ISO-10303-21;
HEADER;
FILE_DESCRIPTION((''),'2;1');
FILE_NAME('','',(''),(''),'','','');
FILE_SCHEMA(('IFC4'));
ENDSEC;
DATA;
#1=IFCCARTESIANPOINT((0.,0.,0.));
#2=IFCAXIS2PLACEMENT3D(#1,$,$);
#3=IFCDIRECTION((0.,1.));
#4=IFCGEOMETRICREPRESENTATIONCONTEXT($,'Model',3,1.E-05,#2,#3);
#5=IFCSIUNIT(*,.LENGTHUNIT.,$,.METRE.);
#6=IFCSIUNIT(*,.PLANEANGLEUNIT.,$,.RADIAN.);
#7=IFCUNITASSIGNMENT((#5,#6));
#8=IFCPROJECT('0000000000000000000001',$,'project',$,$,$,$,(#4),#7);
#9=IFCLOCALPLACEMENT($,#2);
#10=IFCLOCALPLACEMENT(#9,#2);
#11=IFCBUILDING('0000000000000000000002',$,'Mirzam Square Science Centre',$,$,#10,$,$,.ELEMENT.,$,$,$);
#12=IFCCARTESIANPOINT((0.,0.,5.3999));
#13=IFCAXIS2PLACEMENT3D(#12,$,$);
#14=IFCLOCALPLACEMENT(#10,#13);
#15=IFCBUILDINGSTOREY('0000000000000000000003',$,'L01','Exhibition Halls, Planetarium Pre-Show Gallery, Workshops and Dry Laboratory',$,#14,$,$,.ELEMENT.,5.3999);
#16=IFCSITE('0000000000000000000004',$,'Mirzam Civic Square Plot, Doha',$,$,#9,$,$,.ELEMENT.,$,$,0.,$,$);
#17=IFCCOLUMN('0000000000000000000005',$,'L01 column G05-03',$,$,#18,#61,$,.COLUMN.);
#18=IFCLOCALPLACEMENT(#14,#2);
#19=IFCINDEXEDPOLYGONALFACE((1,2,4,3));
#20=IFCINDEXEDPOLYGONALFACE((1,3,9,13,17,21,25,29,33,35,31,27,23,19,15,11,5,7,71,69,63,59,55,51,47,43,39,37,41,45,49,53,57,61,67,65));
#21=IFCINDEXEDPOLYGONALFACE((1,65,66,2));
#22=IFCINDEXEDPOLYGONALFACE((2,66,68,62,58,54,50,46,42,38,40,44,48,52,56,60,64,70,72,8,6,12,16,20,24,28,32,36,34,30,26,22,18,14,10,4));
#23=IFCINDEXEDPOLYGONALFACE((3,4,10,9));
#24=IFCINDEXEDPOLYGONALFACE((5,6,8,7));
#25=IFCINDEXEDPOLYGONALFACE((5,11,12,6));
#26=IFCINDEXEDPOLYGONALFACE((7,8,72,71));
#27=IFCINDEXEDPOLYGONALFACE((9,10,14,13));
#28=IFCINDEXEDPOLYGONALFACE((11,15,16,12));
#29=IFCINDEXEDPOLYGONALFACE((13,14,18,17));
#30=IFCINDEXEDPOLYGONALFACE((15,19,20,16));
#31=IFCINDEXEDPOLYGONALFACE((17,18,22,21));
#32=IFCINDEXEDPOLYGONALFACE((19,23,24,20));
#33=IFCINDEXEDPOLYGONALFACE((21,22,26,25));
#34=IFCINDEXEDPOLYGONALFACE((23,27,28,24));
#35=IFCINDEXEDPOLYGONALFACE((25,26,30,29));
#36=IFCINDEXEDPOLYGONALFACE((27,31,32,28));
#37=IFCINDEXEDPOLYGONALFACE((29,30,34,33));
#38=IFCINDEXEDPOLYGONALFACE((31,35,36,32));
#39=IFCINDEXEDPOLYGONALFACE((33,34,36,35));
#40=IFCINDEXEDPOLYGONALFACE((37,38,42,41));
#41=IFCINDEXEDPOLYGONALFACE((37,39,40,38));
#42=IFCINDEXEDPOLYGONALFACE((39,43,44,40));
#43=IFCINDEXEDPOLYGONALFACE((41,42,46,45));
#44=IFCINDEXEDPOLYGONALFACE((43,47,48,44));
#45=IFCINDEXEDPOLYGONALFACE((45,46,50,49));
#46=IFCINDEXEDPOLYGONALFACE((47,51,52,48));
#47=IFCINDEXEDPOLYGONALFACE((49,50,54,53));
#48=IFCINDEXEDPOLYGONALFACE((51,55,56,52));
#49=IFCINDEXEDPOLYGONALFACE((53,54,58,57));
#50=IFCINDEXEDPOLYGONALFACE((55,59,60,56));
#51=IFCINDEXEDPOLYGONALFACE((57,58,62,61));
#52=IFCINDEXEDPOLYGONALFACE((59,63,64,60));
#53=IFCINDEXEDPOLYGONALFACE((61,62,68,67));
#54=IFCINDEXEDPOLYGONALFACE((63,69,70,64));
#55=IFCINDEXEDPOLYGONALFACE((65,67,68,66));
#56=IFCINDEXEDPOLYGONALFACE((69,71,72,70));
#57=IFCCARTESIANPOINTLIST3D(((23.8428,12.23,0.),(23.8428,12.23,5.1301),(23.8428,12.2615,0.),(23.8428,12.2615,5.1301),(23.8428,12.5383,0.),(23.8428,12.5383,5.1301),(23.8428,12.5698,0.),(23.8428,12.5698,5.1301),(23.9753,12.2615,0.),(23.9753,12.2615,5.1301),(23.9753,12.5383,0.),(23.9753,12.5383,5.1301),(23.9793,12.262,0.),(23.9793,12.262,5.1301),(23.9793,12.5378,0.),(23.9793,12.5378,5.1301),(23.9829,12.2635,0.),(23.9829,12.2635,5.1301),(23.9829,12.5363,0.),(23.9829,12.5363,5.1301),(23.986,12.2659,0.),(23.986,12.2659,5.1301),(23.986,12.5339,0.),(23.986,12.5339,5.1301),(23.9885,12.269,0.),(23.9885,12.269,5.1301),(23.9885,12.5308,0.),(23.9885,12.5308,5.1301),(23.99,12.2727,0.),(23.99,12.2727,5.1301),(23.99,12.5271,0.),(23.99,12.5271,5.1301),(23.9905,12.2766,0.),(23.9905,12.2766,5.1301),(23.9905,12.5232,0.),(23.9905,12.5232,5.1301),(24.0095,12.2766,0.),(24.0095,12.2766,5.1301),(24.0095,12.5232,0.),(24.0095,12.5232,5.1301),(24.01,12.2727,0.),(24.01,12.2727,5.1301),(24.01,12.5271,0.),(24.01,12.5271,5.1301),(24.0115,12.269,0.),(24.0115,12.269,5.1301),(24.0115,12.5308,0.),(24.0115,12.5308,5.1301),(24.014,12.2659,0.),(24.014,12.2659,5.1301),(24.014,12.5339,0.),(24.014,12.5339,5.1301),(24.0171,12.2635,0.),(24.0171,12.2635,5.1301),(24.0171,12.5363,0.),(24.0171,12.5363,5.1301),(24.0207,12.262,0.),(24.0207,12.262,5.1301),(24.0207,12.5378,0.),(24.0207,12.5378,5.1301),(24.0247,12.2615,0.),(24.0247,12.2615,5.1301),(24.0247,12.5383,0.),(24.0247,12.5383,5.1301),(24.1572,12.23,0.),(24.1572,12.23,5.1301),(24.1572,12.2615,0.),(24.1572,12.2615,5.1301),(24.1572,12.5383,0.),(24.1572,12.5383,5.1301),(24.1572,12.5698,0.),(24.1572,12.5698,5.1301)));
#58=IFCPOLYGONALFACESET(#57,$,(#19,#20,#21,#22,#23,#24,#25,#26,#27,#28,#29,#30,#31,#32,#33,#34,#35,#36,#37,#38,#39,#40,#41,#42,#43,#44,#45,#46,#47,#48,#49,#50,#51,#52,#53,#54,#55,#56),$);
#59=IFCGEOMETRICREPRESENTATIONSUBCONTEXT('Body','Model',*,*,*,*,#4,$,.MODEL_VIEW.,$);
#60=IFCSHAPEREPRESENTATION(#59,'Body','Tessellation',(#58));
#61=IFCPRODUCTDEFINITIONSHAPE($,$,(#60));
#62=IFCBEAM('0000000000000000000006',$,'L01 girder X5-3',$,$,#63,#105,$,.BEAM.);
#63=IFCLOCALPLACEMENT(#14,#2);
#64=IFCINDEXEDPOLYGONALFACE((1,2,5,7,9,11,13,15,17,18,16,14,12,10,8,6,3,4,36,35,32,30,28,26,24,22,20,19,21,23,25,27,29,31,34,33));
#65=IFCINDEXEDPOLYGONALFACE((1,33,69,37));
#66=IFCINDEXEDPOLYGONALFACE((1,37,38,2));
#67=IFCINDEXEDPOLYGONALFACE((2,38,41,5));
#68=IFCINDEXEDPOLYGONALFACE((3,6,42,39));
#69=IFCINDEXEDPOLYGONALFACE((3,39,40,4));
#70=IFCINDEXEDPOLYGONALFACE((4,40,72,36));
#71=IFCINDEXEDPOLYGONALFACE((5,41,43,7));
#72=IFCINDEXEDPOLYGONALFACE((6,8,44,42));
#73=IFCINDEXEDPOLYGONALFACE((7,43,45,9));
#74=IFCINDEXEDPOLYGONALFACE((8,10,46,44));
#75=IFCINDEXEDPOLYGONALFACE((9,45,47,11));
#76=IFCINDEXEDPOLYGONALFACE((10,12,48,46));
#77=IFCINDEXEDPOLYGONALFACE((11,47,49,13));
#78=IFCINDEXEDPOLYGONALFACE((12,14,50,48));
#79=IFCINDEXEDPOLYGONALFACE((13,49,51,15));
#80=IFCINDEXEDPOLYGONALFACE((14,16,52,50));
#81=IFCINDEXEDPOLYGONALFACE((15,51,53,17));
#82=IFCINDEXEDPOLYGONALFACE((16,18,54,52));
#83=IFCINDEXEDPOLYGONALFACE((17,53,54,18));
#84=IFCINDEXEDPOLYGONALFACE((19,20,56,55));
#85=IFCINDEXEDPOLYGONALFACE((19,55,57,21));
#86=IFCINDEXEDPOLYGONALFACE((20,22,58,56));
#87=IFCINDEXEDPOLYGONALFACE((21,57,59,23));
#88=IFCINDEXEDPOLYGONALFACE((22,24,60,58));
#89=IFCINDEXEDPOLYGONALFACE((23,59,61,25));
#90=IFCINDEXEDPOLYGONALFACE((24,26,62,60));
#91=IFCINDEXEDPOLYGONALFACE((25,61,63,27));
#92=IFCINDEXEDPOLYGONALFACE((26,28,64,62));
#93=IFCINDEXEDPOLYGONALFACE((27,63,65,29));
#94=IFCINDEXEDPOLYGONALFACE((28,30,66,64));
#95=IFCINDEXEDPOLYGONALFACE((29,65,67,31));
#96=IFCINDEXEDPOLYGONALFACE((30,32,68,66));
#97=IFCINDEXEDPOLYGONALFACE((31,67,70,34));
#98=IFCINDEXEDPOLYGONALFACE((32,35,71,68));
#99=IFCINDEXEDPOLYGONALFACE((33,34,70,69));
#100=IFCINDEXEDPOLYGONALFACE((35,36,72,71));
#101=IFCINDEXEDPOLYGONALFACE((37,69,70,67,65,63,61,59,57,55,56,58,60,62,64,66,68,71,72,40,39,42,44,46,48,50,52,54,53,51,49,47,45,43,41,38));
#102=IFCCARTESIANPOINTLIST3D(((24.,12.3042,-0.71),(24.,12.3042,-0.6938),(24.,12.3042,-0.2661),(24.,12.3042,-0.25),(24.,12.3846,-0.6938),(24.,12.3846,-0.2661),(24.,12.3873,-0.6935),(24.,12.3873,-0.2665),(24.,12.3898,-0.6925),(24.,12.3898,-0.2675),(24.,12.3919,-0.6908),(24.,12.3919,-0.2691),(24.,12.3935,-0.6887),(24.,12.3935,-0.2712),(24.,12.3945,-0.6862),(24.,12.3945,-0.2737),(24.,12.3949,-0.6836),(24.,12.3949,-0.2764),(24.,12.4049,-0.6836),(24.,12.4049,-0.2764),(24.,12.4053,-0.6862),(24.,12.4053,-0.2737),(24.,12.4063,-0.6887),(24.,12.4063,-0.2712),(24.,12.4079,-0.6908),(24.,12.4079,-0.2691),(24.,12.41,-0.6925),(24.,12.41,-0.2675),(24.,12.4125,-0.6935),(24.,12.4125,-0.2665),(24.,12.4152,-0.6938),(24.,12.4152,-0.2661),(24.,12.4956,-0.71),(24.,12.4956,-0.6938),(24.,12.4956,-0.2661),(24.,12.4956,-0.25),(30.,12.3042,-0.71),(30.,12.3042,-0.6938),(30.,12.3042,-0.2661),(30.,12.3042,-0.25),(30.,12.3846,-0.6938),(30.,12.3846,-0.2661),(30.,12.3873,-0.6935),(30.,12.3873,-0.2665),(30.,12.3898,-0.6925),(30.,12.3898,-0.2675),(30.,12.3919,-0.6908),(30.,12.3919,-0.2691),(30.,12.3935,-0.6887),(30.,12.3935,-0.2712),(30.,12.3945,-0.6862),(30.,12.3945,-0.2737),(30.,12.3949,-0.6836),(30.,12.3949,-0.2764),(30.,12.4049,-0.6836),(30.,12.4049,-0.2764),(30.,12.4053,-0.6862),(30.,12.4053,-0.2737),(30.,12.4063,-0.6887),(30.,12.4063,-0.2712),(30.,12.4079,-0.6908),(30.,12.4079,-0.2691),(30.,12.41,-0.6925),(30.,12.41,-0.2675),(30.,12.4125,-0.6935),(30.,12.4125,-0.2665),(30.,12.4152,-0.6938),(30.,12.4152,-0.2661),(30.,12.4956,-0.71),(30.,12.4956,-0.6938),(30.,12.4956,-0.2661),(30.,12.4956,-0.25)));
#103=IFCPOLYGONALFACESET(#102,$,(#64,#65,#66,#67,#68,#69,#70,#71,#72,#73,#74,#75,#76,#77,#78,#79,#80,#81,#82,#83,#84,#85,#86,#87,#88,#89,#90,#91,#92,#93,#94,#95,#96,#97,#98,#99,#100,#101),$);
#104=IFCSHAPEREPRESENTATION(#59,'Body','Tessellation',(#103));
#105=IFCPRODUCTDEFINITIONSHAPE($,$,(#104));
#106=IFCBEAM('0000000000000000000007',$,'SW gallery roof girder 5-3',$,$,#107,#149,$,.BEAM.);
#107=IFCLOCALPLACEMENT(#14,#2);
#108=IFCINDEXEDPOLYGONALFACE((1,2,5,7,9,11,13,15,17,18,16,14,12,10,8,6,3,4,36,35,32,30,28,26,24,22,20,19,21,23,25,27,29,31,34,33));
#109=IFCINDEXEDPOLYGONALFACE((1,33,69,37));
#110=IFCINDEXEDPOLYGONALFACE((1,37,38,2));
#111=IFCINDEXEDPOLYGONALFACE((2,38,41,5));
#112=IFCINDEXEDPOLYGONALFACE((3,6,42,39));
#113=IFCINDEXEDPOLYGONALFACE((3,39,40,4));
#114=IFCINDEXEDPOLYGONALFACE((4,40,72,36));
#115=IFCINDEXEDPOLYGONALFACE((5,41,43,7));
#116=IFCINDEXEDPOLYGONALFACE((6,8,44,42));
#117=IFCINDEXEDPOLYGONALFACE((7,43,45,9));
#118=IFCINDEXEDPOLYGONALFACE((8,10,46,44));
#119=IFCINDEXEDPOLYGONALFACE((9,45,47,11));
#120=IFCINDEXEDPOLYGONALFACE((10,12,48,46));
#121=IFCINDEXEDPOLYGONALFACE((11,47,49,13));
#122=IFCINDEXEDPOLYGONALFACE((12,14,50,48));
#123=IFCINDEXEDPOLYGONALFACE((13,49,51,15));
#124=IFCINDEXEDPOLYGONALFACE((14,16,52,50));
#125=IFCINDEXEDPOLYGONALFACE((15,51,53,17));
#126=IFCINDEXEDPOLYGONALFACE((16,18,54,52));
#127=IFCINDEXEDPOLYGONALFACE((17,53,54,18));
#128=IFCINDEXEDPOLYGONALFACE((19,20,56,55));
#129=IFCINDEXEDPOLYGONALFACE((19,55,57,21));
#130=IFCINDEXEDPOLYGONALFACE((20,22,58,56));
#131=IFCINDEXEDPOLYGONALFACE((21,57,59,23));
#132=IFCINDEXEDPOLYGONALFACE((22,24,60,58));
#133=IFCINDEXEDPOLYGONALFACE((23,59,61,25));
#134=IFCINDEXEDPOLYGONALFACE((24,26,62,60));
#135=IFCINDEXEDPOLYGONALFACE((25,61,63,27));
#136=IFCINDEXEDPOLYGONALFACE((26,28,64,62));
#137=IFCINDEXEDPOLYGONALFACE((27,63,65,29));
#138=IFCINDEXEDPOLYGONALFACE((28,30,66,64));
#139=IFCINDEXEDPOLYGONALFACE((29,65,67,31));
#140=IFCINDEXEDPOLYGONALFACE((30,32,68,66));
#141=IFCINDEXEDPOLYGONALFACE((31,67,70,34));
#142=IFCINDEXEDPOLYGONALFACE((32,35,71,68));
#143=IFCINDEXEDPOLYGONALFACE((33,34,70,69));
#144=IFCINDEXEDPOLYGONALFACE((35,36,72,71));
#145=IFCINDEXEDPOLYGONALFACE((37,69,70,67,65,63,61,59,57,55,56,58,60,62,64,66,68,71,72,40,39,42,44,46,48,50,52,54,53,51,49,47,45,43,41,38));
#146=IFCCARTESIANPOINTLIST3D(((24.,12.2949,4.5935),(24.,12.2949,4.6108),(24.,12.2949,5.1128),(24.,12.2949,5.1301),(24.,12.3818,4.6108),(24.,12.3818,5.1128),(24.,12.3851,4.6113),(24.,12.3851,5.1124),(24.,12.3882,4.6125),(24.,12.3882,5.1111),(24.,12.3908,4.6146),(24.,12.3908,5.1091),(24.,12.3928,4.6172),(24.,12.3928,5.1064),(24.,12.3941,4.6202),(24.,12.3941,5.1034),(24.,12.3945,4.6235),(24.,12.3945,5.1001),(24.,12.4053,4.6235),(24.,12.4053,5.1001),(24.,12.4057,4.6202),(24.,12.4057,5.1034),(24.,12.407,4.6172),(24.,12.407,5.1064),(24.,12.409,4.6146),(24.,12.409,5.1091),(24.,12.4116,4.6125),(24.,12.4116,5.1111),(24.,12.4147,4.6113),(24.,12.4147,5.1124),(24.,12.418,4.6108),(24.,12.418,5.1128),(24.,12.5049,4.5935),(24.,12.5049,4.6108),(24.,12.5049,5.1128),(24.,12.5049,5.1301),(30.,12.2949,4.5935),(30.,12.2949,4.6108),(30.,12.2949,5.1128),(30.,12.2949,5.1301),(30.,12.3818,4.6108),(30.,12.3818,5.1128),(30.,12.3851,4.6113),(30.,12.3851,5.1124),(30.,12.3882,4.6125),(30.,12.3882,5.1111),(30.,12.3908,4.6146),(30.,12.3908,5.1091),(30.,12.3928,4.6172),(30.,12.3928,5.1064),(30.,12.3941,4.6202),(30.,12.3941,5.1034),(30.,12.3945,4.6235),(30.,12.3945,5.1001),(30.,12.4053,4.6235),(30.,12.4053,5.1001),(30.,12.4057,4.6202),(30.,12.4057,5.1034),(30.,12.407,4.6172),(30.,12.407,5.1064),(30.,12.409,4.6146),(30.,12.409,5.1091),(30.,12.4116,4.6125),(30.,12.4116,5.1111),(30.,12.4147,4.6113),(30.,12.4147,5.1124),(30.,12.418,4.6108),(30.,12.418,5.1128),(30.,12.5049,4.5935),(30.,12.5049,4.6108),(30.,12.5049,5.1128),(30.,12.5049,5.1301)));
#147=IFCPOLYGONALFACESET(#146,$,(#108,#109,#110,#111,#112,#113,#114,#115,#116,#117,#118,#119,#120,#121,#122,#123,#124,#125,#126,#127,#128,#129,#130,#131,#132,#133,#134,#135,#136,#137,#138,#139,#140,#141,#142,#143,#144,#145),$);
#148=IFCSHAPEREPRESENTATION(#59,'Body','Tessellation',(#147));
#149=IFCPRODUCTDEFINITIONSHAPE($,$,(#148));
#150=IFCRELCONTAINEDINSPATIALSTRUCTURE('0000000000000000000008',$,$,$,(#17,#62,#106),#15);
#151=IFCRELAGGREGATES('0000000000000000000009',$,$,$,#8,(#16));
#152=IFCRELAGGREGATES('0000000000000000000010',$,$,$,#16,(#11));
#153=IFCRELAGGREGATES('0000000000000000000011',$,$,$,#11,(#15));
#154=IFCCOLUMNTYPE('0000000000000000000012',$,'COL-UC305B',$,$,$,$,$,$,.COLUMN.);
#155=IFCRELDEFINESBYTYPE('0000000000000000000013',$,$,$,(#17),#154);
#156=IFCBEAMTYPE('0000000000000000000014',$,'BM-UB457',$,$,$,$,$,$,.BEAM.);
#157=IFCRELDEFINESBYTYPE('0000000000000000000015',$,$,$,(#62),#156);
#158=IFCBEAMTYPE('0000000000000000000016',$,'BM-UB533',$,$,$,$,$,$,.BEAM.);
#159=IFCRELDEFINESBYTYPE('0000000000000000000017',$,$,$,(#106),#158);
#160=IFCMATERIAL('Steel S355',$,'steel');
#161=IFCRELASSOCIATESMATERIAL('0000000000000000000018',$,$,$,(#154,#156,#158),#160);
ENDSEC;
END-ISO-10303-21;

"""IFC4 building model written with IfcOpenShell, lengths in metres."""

from ifc_helpers import new_model, si_unit, direction, frame, origin, origin_2d, place, context, subcontext, project, spatial, i_section, extrude, material, material_profile, profile_set, type_object, element, save


model = new_model("IFC4")

# Units and contexts
model_context = context("Model", 3, precision=1e-05, world=origin(), true_north=direction((0.0, 1.0)))
body_context = subcontext(model_context, "Body", "Model", "MODEL_VIEW")
ifc_project = project(units=[si_unit("LENGTHUNIT", "METRE"), si_unit("PLANEANGLEUNIT", "RADIAN")], contexts=[model_context])

# Site, building, storey
site_placement = place(None, origin())
site = spatial("IfcSite", under=ifc_project, at=site_placement, Name="Mirzam Civic Square Plot, Doha", CompositionType="ELEMENT", RefElevation=0.0)
building_placement = place(site_placement, origin())
building = spatial("IfcBuilding", under=site, at=building_placement, Name="Mirzam Square Science Centre", CompositionType="ELEMENT")
storey_placement = place(building_placement, frame((0.0, 0.0, 5.3999)))
storey = spatial("IfcBuildingStorey", under=building, at=storey_placement, Name="L01", Description="Exhibition Halls, Planetarium Pre-Show Gallery, Workshops and Dry Laboratory", CompositionType="ELEMENT", Elevation=5.3999)

# Column
ifc_material_1 = material(Name="Steel S355", Category="steel")
ifc_material_profile_1 = material_profile(ifc_material_1, i_section(OverallWidth=0.3145, OverallDepth=0.3398, WebThickness=0.019, FlangeThickness=0.0315, FilletRadius=0.0151, at=origin_2d()), Name="305x305x198UC")
ifc_profile_set_1 = profile_set([ifc_material_profile_1], Name="Steel S355")
column_type = type_object("IfcColumnType", Name="COL-UC305B", PredefinedType="COLUMN", material=ifc_profile_set_1)
column_placement = place(storey_placement, frame((24.0, 12.3999, 0.0), z_axis=(0.0, 0.0, 1.0), x_axis=(1.0, 0.0, 0.0)))
element("IfcColumn", 1, at=column_placement, inside=storey, type_object=column_type, Name="L01 column G05-03", PredefinedType="COLUMN", context=body_context, shape_type="SweptSolid", body=[
    extrude(i_section(OverallWidth=0.3145, OverallDepth=0.3398, WebThickness=0.019, FlangeThickness=0.0315, FilletRadius=0.0151, at=origin_2d()), origin(), (0.0, 0.0, 1.0), 5.1301),
])

# Beams
ifc_material_profile_2 = material_profile(ifc_material_1, i_section(OverallWidth=0.1914, OverallDepth=0.46, WebThickness=0.01, FlangeThickness=0.0161, FilletRadius=0.0103, at=origin_2d()), Name="457x191x82UB")
ifc_profile_set_2 = profile_set([ifc_material_profile_2], Name="Steel S355")
beam_type_1 = type_object("IfcBeamType", Name="BM-UB457", PredefinedType="BEAM", material=ifc_profile_set_2)
beam_1_placement = place(storey_placement, frame((24.0, 12.3999, -0.48), z_axis=(1.0, 0.0, 0.0), x_axis=(0.0, 1.0, 0.0)))
element("IfcBeam", 2, at=beam_1_placement, inside=storey, type_object=beam_type_1, Name="L01 girder X5-3", PredefinedType="BEAM", context=body_context, shape_type="SweptSolid", body=[
    extrude(i_section(OverallWidth=0.1914, OverallDepth=0.46, WebThickness=0.01, FlangeThickness=0.0161, FilletRadius=0.0103, at=origin_2d()), origin(), (0.0, 0.0, 1.0), 6.0),
])
ifc_material_profile_3 = material_profile(ifc_material_1, i_section(OverallWidth=0.21, OverallDepth=0.5366, WebThickness=0.0107, FlangeThickness=0.0173, FilletRadius=0.0127, at=origin_2d()), Name="533x210x101UB")
ifc_profile_set_3 = profile_set([ifc_material_profile_3], Name="Steel S355")
beam_type_2 = type_object("IfcBeamType", Name="BM-UB533", PredefinedType="BEAM", material=ifc_profile_set_3)
beam_2_placement = place(storey_placement, frame((24.0, 12.3999, 4.8618), z_axis=(1.0, 0.0, 0.0), x_axis=(0.0, 1.0, 0.0)))
element("IfcBeam", 3, at=beam_2_placement, inside=storey, type_object=beam_type_2, Name="SW gallery roof girder 5-3", PredefinedType="BEAM", context=body_context, shape_type="SweptSolid", body=[
    extrude(i_section(OverallWidth=0.21, OverallDepth=0.5366, WebThickness=0.0107, FlangeThickness=0.0173, FilletRadius=0.0127, at=origin_2d()), origin(), (0.0, 0.0, 1.0), 6.0),
])

save(model, "model.ifc")
